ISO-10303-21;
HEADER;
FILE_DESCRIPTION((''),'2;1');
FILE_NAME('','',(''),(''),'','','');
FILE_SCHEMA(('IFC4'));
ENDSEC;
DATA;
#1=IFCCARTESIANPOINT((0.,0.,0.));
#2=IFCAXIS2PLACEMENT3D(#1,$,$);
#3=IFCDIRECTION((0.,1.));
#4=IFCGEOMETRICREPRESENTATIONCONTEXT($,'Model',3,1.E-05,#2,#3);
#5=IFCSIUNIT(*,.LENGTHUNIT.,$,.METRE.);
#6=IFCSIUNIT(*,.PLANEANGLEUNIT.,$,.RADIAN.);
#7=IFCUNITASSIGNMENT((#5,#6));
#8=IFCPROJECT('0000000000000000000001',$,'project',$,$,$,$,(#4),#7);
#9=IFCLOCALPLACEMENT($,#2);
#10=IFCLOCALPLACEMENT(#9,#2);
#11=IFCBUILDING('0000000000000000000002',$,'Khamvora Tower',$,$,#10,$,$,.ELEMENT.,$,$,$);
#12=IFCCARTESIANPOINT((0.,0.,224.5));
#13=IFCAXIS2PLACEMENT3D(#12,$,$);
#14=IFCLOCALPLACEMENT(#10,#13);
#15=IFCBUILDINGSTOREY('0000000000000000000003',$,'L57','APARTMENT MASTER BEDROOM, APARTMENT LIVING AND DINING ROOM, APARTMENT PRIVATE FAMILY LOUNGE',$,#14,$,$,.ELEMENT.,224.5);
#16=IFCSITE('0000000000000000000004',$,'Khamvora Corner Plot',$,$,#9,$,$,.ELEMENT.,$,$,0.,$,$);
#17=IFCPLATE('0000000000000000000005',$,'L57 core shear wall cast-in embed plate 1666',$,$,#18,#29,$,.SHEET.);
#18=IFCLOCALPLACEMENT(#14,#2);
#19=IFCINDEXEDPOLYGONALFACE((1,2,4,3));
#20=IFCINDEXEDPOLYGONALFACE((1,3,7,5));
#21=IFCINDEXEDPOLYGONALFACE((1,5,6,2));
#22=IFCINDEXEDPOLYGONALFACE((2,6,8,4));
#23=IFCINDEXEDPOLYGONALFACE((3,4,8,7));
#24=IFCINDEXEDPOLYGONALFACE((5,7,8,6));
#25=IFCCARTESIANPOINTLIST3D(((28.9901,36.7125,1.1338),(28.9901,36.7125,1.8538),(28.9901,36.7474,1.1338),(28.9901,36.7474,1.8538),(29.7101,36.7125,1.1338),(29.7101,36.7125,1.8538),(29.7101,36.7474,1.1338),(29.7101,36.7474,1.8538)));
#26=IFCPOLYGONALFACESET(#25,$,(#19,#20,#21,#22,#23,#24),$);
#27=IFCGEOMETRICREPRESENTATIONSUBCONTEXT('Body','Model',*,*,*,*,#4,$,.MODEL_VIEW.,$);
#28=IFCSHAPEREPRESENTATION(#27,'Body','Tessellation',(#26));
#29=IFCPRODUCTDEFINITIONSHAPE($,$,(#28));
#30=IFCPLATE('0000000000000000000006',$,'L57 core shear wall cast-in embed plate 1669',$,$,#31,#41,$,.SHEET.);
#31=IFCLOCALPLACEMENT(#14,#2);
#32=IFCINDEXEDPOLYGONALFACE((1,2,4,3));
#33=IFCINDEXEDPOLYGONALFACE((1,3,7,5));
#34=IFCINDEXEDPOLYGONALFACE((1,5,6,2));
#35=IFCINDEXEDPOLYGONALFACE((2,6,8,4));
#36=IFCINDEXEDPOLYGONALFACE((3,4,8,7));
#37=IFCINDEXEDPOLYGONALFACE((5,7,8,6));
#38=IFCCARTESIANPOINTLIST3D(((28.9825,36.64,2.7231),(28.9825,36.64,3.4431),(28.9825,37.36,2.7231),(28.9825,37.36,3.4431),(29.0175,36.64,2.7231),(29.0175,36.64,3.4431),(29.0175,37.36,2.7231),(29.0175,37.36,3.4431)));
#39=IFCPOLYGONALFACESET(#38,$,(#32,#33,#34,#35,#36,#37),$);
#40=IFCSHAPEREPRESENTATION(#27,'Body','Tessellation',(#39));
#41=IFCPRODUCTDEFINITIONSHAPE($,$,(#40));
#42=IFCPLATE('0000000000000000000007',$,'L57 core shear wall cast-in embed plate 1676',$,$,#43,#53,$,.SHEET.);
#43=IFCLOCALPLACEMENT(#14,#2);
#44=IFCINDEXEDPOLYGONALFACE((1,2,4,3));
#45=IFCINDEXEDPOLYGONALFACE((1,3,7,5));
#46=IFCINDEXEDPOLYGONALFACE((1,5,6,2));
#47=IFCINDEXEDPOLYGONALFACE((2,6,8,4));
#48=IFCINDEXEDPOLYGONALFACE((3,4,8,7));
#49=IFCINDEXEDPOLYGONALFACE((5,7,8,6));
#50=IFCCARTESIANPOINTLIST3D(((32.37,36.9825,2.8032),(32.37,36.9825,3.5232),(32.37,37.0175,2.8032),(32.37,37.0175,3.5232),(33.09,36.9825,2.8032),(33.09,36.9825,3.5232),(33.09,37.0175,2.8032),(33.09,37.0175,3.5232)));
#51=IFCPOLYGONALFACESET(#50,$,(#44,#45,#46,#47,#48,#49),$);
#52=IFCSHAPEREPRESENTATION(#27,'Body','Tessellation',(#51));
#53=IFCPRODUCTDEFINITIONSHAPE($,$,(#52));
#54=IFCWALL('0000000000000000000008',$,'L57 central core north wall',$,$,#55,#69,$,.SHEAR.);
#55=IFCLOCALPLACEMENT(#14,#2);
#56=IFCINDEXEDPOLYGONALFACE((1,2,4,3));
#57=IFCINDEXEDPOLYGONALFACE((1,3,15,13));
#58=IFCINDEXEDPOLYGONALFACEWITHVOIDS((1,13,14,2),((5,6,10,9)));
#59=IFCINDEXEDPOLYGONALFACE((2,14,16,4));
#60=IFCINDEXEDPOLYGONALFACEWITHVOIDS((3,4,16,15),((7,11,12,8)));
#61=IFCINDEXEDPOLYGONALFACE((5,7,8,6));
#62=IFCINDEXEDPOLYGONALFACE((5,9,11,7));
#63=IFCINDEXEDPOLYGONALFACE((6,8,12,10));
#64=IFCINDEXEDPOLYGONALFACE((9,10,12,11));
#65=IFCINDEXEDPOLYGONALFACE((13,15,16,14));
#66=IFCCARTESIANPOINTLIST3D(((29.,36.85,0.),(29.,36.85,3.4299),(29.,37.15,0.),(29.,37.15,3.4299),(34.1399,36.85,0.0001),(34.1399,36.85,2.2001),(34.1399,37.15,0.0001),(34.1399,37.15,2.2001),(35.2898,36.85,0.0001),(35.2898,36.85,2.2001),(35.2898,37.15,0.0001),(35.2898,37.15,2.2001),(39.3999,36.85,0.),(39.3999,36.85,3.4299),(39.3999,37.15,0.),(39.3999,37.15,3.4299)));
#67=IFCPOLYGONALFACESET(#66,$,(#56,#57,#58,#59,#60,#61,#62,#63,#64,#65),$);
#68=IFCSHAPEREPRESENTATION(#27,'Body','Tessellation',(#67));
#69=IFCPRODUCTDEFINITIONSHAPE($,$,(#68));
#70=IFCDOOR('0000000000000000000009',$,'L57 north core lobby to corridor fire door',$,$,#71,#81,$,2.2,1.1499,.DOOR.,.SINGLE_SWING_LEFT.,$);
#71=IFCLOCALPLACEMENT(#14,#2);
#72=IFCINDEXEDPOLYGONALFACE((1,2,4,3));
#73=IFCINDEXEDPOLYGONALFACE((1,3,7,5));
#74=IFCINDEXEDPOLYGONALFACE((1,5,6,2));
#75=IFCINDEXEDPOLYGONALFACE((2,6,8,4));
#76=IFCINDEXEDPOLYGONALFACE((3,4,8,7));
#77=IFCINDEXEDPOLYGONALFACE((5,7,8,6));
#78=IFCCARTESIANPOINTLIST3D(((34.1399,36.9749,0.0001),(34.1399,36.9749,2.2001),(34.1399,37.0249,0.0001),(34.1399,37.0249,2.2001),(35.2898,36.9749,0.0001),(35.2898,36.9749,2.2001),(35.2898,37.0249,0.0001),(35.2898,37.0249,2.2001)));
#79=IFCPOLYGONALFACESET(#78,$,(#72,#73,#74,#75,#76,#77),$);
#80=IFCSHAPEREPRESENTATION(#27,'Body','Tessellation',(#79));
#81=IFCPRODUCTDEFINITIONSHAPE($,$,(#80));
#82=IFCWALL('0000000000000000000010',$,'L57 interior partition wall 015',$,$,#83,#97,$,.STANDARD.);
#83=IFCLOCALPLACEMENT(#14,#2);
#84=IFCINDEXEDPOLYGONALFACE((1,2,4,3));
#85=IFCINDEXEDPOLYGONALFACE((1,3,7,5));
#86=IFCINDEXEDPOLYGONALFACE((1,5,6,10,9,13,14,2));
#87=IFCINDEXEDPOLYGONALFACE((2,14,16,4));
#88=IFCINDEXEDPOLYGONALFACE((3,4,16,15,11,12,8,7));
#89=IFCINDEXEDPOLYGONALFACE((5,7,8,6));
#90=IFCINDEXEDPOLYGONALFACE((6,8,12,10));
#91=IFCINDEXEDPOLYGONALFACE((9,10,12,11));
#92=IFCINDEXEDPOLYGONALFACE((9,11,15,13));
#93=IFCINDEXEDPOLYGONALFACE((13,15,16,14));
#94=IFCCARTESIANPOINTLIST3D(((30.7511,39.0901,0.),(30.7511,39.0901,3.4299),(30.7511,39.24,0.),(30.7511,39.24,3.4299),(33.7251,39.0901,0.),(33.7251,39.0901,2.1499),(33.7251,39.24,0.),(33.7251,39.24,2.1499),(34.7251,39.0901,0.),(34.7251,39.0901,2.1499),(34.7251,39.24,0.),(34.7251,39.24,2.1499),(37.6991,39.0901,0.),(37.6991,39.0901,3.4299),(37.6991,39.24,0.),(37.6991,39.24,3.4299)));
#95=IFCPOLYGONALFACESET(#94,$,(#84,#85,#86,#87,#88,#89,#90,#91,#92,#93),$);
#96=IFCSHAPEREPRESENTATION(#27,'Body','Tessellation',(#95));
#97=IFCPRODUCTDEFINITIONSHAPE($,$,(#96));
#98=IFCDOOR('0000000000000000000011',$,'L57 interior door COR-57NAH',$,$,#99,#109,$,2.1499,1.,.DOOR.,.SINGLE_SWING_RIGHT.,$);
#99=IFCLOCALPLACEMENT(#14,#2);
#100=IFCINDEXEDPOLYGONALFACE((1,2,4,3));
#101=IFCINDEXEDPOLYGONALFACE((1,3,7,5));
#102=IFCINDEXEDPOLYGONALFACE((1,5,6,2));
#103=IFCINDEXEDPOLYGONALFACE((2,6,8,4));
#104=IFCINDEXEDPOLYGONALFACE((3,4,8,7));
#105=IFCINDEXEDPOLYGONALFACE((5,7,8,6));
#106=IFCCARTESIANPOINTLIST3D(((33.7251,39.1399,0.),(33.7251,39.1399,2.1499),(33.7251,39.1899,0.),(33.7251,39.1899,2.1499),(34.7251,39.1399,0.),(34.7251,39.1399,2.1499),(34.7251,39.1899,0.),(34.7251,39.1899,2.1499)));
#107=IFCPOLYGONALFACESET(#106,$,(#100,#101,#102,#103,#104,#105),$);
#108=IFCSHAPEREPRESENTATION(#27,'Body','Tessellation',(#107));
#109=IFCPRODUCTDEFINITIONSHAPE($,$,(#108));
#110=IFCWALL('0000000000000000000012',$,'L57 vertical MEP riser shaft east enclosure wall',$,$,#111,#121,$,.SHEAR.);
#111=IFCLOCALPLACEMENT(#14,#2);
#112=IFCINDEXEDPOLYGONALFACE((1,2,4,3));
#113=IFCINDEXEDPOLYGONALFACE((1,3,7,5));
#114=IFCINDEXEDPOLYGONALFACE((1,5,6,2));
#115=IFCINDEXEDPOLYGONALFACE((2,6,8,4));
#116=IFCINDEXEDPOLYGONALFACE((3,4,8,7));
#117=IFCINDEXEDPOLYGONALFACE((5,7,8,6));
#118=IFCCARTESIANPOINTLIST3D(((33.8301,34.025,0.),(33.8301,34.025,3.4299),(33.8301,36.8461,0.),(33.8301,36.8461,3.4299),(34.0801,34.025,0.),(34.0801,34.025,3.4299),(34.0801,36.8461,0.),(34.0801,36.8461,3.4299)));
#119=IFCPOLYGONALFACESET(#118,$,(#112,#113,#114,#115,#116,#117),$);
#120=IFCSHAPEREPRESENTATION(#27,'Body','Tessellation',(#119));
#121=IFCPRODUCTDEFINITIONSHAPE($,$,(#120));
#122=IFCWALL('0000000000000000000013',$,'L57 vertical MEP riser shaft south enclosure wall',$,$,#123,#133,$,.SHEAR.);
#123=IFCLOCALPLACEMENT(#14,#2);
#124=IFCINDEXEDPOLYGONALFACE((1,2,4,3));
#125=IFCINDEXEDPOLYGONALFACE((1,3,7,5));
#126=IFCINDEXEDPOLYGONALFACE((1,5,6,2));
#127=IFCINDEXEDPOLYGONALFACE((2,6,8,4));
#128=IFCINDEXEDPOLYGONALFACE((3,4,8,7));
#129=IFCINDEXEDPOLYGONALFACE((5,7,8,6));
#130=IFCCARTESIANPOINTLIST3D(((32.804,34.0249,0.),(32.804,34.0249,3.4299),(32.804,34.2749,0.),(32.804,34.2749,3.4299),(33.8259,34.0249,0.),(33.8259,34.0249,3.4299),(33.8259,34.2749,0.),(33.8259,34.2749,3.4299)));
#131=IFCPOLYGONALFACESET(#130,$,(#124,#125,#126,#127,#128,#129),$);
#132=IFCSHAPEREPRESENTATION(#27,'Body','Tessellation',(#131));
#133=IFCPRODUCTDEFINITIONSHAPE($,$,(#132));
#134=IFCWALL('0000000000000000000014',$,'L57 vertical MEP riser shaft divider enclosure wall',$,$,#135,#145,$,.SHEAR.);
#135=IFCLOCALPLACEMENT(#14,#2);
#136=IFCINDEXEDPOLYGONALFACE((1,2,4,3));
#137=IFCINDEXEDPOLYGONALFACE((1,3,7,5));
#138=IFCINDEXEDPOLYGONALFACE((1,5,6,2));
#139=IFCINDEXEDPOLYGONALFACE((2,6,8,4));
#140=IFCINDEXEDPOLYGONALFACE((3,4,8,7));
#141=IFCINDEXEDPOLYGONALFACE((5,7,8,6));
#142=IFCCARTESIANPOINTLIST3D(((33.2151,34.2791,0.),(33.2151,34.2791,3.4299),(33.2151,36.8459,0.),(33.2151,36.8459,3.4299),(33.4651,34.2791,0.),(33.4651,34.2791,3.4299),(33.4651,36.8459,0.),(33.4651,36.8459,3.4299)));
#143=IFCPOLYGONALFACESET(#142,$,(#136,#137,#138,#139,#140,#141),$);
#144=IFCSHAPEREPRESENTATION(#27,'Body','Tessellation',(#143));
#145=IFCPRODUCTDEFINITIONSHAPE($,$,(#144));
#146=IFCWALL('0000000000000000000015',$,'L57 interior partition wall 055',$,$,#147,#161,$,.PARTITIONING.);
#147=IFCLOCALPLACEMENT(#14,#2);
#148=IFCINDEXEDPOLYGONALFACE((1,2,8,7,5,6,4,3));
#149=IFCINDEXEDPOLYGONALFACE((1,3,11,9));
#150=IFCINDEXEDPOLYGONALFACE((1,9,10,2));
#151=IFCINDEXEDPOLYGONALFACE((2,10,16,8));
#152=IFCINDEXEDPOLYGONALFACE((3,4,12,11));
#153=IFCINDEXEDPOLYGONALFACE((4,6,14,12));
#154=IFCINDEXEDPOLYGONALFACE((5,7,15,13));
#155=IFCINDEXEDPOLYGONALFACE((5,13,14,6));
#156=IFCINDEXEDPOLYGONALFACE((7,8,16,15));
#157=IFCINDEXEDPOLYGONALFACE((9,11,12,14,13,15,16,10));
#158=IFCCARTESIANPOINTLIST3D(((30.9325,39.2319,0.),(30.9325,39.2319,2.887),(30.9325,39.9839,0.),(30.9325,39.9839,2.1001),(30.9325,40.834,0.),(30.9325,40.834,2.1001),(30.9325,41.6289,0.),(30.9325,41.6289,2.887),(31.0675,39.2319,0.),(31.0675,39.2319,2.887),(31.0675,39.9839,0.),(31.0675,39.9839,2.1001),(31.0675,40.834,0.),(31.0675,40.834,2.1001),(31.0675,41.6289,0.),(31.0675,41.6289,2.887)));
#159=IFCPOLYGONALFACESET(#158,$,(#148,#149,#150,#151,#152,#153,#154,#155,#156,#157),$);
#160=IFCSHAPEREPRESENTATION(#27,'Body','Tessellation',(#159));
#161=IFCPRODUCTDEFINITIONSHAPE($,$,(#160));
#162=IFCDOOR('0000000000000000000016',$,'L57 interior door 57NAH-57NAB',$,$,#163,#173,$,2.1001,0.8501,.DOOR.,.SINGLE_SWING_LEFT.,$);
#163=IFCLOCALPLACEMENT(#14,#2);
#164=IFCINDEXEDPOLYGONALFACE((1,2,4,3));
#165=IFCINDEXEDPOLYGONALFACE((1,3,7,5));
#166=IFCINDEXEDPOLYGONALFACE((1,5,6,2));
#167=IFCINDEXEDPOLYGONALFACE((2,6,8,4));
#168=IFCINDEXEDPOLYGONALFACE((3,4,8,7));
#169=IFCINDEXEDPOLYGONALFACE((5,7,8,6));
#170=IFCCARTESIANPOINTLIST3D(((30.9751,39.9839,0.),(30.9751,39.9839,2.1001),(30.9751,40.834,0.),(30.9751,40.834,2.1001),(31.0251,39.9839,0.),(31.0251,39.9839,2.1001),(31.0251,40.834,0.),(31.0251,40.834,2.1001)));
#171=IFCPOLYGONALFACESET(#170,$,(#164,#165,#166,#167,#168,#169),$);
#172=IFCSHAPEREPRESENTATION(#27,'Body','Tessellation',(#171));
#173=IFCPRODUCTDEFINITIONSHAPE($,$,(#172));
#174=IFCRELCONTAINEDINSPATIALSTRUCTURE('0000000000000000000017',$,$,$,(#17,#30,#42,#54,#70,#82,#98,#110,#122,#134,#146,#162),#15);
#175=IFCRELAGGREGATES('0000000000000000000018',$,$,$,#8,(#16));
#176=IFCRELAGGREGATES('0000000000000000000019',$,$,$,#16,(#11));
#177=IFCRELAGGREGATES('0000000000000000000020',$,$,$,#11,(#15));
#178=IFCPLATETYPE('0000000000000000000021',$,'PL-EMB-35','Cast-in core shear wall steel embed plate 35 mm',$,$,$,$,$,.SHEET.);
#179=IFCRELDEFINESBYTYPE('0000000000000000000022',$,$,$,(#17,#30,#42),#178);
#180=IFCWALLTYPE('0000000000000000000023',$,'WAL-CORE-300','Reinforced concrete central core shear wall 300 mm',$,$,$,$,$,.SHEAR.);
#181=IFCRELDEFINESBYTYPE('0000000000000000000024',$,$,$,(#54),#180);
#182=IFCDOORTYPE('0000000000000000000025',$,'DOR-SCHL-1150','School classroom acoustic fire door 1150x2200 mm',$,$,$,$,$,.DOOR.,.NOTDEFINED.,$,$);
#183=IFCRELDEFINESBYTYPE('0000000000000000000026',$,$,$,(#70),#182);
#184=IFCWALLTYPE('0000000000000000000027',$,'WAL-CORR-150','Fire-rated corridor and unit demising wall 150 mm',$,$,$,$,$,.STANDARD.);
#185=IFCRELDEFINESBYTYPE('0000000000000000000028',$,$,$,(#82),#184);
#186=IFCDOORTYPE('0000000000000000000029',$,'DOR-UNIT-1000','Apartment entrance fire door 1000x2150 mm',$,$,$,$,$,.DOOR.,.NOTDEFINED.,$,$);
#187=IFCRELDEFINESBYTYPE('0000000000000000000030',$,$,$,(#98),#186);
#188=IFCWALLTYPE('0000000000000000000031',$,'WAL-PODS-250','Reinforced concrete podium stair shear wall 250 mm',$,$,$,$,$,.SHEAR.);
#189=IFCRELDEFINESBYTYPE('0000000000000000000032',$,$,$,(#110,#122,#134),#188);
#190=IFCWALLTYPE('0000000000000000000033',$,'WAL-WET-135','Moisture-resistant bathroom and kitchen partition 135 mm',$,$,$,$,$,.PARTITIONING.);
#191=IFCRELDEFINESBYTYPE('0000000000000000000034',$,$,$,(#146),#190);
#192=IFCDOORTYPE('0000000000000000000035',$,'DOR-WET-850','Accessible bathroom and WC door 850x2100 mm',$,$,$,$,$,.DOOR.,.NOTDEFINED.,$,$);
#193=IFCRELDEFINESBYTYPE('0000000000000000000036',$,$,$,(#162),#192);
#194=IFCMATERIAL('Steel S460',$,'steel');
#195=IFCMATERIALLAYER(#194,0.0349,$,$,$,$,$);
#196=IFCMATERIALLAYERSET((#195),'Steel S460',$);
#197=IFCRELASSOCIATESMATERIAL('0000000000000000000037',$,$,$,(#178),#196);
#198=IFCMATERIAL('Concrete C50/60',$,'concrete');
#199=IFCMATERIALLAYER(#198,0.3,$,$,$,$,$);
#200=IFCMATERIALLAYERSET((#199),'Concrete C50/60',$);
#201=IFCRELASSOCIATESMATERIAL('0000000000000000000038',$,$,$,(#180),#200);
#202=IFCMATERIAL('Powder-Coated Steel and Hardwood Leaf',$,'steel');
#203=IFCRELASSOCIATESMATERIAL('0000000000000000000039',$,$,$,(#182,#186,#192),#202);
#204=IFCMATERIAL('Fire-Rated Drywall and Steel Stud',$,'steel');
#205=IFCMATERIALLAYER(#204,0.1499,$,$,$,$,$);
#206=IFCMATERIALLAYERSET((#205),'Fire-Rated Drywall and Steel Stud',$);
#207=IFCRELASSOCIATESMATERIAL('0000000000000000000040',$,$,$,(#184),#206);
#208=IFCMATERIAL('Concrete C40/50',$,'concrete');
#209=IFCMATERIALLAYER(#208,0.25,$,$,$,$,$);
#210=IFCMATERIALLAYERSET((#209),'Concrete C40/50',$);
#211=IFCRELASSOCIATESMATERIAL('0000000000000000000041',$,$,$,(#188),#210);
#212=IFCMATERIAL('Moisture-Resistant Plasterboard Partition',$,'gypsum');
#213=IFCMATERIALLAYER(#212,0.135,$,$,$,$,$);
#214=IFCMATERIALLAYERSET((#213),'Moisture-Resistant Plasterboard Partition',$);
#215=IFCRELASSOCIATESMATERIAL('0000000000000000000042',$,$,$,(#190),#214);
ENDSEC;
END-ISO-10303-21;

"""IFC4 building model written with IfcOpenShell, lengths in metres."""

from ifc_helpers import new_model, si_unit, direction, frame, frame_2d, origin, origin_2d, place, context, subcontext, project, spatial, rectangle, extrude, material, layer, layer_set, type_object, element, fill, save


model = new_model("IFC4")

# Units and contexts
model_context = context("Model", 3, precision=1e-05, world=origin(), true_north=direction((0.0, 1.0)))
body_context = subcontext(model_context, "Body", "Model", "MODEL_VIEW")
ifc_project = project(units=[si_unit("LENGTHUNIT", "METRE"), si_unit("PLANEANGLEUNIT", "RADIAN")], contexts=[model_context])

# Site, building, storey
site_placement = place(None, origin())
site = spatial("IfcSite", under=ifc_project, at=site_placement, Name="Khamvora Corner Plot", CompositionType="ELEMENT", RefElevation=0.0)
building_placement = place(site_placement, origin())
building = spatial("IfcBuilding", under=site, at=building_placement, Name="Khamvora Tower", CompositionType="ELEMENT")
storey_placement = place(building_placement, frame((0.0, 0.0, 224.5)))
storey = spatial("IfcBuildingStorey", under=building, at=storey_placement, Name="L57", Description="APARTMENT MASTER BEDROOM, APARTMENT LIVING AND DINING ROOM, APARTMENT PRIVATE FAMILY LOUNGE", CompositionType="ELEMENT", Elevation=224.5)

# Shared definitions
ifc_material_1 = material(Name="Steel S460", Category="steel")

# Plates
ifc_layer_1 = layer(ifc_material_1, 0.0349)
ifc_layer_set_1 = layer_set([ifc_layer_1], Name="Steel S460")
plate_type = type_object("IfcPlateType", Name="PL-EMB-35", Description="Cast-in core shear wall steel embed plate 35 mm", PredefinedType="SHEET", material=ifc_layer_set_1)
plate_1_placement = place(storey_placement, frame((29.3501, 36.73, 1.1338), z_axis=(0.0, 0.0, 1.0), x_axis=(1.0, 0.0, 0.0)))
element("IfcPlate", 1, at=plate_1_placement, inside=storey, type_object=plate_type, Name="L57 core shear wall cast-in embed plate 1666", PredefinedType="SHEET", context=body_context, shape_type="SweptSolid", body=[
    extrude(rectangle(XDim=0.72, YDim=0.0349, at=origin_2d()), origin(), (0.0, 0.0, 1.0), 0.72),
])
plate_2_placement = place(storey_placement, frame((29.0, 37.0, 2.7231), z_axis=(0.0, 0.0, 1.0), x_axis=(1.0, 0.0, 0.0)))
element("IfcPlate", 2, at=plate_2_placement, inside=storey, type_object=plate_type, Name="L57 core shear wall cast-in embed plate 1669", PredefinedType="SHEET", context=body_context, shape_type="SweptSolid", body=[
    extrude(rectangle(XDim=0.0349, YDim=0.72, at=origin_2d()), origin(), (0.0, 0.0, 1.0), 0.72),
])
plate_3_placement = place(storey_placement, frame((32.73, 37.0, 2.8032), z_axis=(0.0, 0.0, 1.0), x_axis=(1.0, 0.0, 0.0)))
element("IfcPlate", 3, at=plate_3_placement, inside=storey, type_object=plate_type, Name="L57 core shear wall cast-in embed plate 1676", PredefinedType="SHEET", context=body_context, shape_type="SweptSolid", body=[
    extrude(rectangle(XDim=0.72, YDim=0.0349, at=origin_2d()), origin(), (0.0, 0.0, 1.0), 0.72),
])

# Walls, openings, doors
ifc_material_2 = material(Name="Concrete C50/60", Category="concrete")
ifc_layer_2 = layer(ifc_material_2, 0.3)
ifc_layer_set_2 = layer_set([ifc_layer_2], Name="Concrete C50/60")
wall_type_1 = type_object("IfcWallType", Name="WAL-CORE-300", Description="Reinforced concrete central core shear wall 300 mm", PredefinedType="SHEAR", material=ifc_layer_set_2)
wall_1_placement = place(storey_placement, frame((29.0, 37.0, 0.0), z_axis=(0.0, 0.0, 1.0), x_axis=(1.0, 0.0, 0.0)))
wall_1 = element("IfcWall", 4, at=wall_1_placement, inside=storey, type_object=wall_type_1, Name="L57 central core north wall", PredefinedType="SHEAR", context=body_context, shape_type="SweptSolid", body=[
    extrude(rectangle(XDim=10.3999, YDim=0.3, at=frame_2d((5.2, 0.0))), origin(), (0.0, 0.0, 1.0), 3.4299),
])
opening_1_placement = place(wall_1_placement, frame((5.1399, 0.0, 0.0)))
opening_1 = element("IfcOpeningElement", 5, at=opening_1_placement, cuts=wall_1, PredefinedType="OPENING", context=body_context, shape_type="SweptSolid", body=[
    extrude(rectangle(XDim=1.1499, YDim=2.2, at=frame_2d((0.575, 1.1001))), frame((0.0, 0.1599, 0.0), z_axis=(0.0, -1.0, 0.0), x_axis=(1.0, 0.0, 0.0)), (0.0, 0.0, 1.0), 0.3201),
])
ifc_material_3 = material(Name="Powder-Coated Steel and Hardwood Leaf", Category="steel")
door_type_1 = type_object("IfcDoorType", Name="DOR-SCHL-1150", Description="School classroom acoustic fire door 1150x2200 mm", OperationType="NOTDEFINED", PredefinedType="DOOR", material=ifc_material_3)
door_1_placement = place(opening_1_placement, origin())
door_1 = element("IfcDoor", 6, at=door_1_placement, inside=storey, type_object=door_type_1, Name="L57 north core lobby to corridor fire door", OperationType="SINGLE_SWING_LEFT", OverallHeight=2.2, OverallWidth=1.1499, PredefinedType="DOOR", context=body_context, shape_type="SweptSolid", body=[
    extrude(rectangle(XDim=1.1499, YDim=2.2, at=frame_2d((0.575, 1.1001))), frame((0.0, 0.0249, 0.0), z_axis=(0.0, -1.0, 0.0), x_axis=(1.0, 0.0, 0.0)), (0.0, 0.0, 1.0), 0.05),
])
fill(opening_1, door_1)
ifc_material_4 = material(Name="Fire-Rated Drywall and Steel Stud", Category="steel")
ifc_layer_3 = layer(ifc_material_4, 0.1499)
ifc_layer_set_3 = layer_set([ifc_layer_3], Name="Fire-Rated Drywall and Steel Stud")
wall_type_2 = type_object("IfcWallType", Name="WAL-CORR-150", Description="Fire-rated corridor and unit demising wall 150 mm", PredefinedType="STANDARD", material=ifc_layer_set_3)
wall_2_placement = place(storey_placement, frame((30.751, 39.165, 0.0), z_axis=(0.0, 0.0, 1.0), x_axis=(1.0, 0.0, 0.0)))
wall_2 = element("IfcWall", 7, at=wall_2_placement, inside=storey, type_object=wall_type_2, Name="L57 interior partition wall 015", PredefinedType="STANDARD", context=body_context, shape_type="SweptSolid", body=[
    extrude(rectangle(XDim=6.948, YDim=0.1499, at=frame_2d((3.4741, 0.0))), origin(), (0.0, 0.0, 1.0), 3.4299),
])
opening_2_placement = place(wall_2_placement, frame((2.9741, 0.0, 0.0)))
opening_2 = element("IfcOpeningElement", 8, at=opening_2_placement, cuts=wall_2, PredefinedType="OPENING", context=body_context, shape_type="SweptSolid", body=[
    extrude(rectangle(XDim=1.0, YDim=2.1499, at=frame_2d((0.5, 1.075))), frame((0.0, 0.085, 0.0), z_axis=(0.0, -1.0, 0.0), x_axis=(1.0, 0.0, 0.0)), (0.0, 0.0, 1.0), 0.1699),
])
door_type_2 = type_object("IfcDoorType", Name="DOR-UNIT-1000", Description="Apartment entrance fire door 1000x2150 mm", OperationType="NOTDEFINED", PredefinedType="DOOR", material=ifc_material_3)
door_2_placement = place(opening_2_placement, origin())
door_2 = element("IfcDoor", 9, at=door_2_placement, inside=storey, type_object=door_type_2, Name="L57 interior door COR-57NAH", OperationType="SINGLE_SWING_RIGHT", OverallHeight=2.1499, OverallWidth=1.0, PredefinedType="DOOR", context=body_context, shape_type="SweptSolid", body=[
    extrude(rectangle(XDim=1.0, YDim=2.1499, at=frame_2d((0.5, 1.075))), frame((0.0, 0.0249, 0.0), z_axis=(0.0, -1.0, 0.0), x_axis=(1.0, 0.0, 0.0)), (0.0, 0.0, 1.0), 0.05),
])
fill(opening_2, door_2)

# Walls
ifc_material_5 = material(Name="Concrete C40/50", Category="concrete")
ifc_layer_4 = layer(ifc_material_5, 0.25)
ifc_layer_set_4 = layer_set([ifc_layer_4], Name="Concrete C40/50")
wall_type_3 = type_object("IfcWallType", Name="WAL-PODS-250", Description="Reinforced concrete podium stair shear wall 250 mm", PredefinedType="SHEAR", material=ifc_layer_set_4)
wall_3_placement = place(storey_placement, frame((33.9551, 34.0249, 0.0), z_axis=(0.0, 0.0, 1.0), x_axis=(0.0, 1.0, 0.0)))
element("IfcWall", 10, at=wall_3_placement, inside=storey, type_object=wall_type_3, Name="L57 vertical MEP riser shaft east enclosure wall", PredefinedType="SHEAR", context=body_context, shape_type="SweptSolid", body=[
    extrude(rectangle(XDim=2.821, YDim=0.25, at=frame_2d((1.4106, 0.0))), origin(), (0.0, 0.0, 1.0), 3.4299),
])
wall_4_placement = place(storey_placement, frame((32.804, 34.1499, 0.0), z_axis=(0.0, 0.0, 1.0), x_axis=(1.0, 0.0, 0.0)))
element("IfcWall", 11, at=wall_4_placement, inside=storey, type_object=wall_type_3, Name="L57 vertical MEP riser shaft south enclosure wall", PredefinedType="SHEAR", context=body_context, shape_type="SweptSolid", body=[
    extrude(rectangle(XDim=1.022, YDim=0.25, at=frame_2d((0.511, 0.0))), origin(), (0.0, 0.0, 1.0), 3.4299),
])
wall_5_placement = place(storey_placement, frame((33.3401, 34.2791, 0.0), z_axis=(0.0, 0.0, 1.0), x_axis=(0.0, 1.0, 0.0)))
element("IfcWall", 12, at=wall_5_placement, inside=storey, type_object=wall_type_3, Name="L57 vertical MEP riser shaft divider enclosure wall", PredefinedType="SHEAR", context=body_context, shape_type="SweptSolid", body=[
    extrude(rectangle(XDim=2.5669, YDim=0.25, at=frame_2d((1.2834, 0.0))), origin(), (0.0, 0.0, 1.0), 3.4299),
])

# Wall, opening, door
ifc_material_6 = material(Name="Moisture-Resistant Plasterboard Partition", Category="gypsum")
ifc_layer_5 = layer(ifc_material_6, 0.135)
ifc_layer_set_5 = layer_set([ifc_layer_5], Name="Moisture-Resistant Plasterboard Partition")
wall_type_4 = type_object("IfcWallType", Name="WAL-WET-135", Description="Moisture-resistant bathroom and kitchen partition 135 mm", PredefinedType="PARTITIONING", material=ifc_layer_set_5)
wall_6_placement = place(storey_placement, frame((31.0, 39.2319, 0.0), z_axis=(0.0, 0.0, 1.0), x_axis=(0.0, 1.0, 0.0)))
wall_6 = element("IfcWall", 13, at=wall_6_placement, inside=storey, type_object=wall_type_4, Name="L57 interior partition wall 055", PredefinedType="PARTITIONING", context=body_context, shape_type="SweptSolid", body=[
    extrude(rectangle(XDim=2.397, YDim=0.135, at=frame_2d((1.1985, 0.0))), origin(), (0.0, 0.0, 1.0), 2.887),
])
opening_3_placement = place(wall_6_placement, frame((0.752, 0.0, 0.0)))
opening_3 = element("IfcOpeningElement", 14, at=opening_3_placement, cuts=wall_6, PredefinedType="OPENING", context=body_context, shape_type="SweptSolid", body=[
    extrude(rectangle(XDim=0.8501, YDim=2.1001, at=frame_2d((0.425, 1.05))), frame((0.0, 0.0774, 0.0), z_axis=(0.0, -1.0, 0.0), x_axis=(1.0, 0.0, 0.0)), (0.0, 0.0, 1.0), 0.155),
])
door_type_3 = type_object("IfcDoorType", Name="DOR-WET-850", Description="Accessible bathroom and WC door 850x2100 mm", OperationType="NOTDEFINED", PredefinedType="DOOR", material=ifc_material_3)
door_3_placement = place(opening_3_placement, origin())
door_3 = element("IfcDoor", 15, at=door_3_placement, inside=storey, type_object=door_type_3, Name="L57 interior door 57NAH-57NAB", OperationType="SINGLE_SWING_LEFT", OverallHeight=2.1001, OverallWidth=0.8501, PredefinedType="DOOR", context=body_context, shape_type="SweptSolid", body=[
    extrude(rectangle(XDim=0.8501, YDim=2.1001, at=frame_2d((0.425, 1.05))), frame((0.0, 0.0249, 0.0), z_axis=(0.0, -1.0, 0.0), x_axis=(1.0, 0.0, 0.0)), (0.0, 0.0, 1.0), 0.05),
])
fill(opening_3, door_3)

save(model, "model.ifc")
